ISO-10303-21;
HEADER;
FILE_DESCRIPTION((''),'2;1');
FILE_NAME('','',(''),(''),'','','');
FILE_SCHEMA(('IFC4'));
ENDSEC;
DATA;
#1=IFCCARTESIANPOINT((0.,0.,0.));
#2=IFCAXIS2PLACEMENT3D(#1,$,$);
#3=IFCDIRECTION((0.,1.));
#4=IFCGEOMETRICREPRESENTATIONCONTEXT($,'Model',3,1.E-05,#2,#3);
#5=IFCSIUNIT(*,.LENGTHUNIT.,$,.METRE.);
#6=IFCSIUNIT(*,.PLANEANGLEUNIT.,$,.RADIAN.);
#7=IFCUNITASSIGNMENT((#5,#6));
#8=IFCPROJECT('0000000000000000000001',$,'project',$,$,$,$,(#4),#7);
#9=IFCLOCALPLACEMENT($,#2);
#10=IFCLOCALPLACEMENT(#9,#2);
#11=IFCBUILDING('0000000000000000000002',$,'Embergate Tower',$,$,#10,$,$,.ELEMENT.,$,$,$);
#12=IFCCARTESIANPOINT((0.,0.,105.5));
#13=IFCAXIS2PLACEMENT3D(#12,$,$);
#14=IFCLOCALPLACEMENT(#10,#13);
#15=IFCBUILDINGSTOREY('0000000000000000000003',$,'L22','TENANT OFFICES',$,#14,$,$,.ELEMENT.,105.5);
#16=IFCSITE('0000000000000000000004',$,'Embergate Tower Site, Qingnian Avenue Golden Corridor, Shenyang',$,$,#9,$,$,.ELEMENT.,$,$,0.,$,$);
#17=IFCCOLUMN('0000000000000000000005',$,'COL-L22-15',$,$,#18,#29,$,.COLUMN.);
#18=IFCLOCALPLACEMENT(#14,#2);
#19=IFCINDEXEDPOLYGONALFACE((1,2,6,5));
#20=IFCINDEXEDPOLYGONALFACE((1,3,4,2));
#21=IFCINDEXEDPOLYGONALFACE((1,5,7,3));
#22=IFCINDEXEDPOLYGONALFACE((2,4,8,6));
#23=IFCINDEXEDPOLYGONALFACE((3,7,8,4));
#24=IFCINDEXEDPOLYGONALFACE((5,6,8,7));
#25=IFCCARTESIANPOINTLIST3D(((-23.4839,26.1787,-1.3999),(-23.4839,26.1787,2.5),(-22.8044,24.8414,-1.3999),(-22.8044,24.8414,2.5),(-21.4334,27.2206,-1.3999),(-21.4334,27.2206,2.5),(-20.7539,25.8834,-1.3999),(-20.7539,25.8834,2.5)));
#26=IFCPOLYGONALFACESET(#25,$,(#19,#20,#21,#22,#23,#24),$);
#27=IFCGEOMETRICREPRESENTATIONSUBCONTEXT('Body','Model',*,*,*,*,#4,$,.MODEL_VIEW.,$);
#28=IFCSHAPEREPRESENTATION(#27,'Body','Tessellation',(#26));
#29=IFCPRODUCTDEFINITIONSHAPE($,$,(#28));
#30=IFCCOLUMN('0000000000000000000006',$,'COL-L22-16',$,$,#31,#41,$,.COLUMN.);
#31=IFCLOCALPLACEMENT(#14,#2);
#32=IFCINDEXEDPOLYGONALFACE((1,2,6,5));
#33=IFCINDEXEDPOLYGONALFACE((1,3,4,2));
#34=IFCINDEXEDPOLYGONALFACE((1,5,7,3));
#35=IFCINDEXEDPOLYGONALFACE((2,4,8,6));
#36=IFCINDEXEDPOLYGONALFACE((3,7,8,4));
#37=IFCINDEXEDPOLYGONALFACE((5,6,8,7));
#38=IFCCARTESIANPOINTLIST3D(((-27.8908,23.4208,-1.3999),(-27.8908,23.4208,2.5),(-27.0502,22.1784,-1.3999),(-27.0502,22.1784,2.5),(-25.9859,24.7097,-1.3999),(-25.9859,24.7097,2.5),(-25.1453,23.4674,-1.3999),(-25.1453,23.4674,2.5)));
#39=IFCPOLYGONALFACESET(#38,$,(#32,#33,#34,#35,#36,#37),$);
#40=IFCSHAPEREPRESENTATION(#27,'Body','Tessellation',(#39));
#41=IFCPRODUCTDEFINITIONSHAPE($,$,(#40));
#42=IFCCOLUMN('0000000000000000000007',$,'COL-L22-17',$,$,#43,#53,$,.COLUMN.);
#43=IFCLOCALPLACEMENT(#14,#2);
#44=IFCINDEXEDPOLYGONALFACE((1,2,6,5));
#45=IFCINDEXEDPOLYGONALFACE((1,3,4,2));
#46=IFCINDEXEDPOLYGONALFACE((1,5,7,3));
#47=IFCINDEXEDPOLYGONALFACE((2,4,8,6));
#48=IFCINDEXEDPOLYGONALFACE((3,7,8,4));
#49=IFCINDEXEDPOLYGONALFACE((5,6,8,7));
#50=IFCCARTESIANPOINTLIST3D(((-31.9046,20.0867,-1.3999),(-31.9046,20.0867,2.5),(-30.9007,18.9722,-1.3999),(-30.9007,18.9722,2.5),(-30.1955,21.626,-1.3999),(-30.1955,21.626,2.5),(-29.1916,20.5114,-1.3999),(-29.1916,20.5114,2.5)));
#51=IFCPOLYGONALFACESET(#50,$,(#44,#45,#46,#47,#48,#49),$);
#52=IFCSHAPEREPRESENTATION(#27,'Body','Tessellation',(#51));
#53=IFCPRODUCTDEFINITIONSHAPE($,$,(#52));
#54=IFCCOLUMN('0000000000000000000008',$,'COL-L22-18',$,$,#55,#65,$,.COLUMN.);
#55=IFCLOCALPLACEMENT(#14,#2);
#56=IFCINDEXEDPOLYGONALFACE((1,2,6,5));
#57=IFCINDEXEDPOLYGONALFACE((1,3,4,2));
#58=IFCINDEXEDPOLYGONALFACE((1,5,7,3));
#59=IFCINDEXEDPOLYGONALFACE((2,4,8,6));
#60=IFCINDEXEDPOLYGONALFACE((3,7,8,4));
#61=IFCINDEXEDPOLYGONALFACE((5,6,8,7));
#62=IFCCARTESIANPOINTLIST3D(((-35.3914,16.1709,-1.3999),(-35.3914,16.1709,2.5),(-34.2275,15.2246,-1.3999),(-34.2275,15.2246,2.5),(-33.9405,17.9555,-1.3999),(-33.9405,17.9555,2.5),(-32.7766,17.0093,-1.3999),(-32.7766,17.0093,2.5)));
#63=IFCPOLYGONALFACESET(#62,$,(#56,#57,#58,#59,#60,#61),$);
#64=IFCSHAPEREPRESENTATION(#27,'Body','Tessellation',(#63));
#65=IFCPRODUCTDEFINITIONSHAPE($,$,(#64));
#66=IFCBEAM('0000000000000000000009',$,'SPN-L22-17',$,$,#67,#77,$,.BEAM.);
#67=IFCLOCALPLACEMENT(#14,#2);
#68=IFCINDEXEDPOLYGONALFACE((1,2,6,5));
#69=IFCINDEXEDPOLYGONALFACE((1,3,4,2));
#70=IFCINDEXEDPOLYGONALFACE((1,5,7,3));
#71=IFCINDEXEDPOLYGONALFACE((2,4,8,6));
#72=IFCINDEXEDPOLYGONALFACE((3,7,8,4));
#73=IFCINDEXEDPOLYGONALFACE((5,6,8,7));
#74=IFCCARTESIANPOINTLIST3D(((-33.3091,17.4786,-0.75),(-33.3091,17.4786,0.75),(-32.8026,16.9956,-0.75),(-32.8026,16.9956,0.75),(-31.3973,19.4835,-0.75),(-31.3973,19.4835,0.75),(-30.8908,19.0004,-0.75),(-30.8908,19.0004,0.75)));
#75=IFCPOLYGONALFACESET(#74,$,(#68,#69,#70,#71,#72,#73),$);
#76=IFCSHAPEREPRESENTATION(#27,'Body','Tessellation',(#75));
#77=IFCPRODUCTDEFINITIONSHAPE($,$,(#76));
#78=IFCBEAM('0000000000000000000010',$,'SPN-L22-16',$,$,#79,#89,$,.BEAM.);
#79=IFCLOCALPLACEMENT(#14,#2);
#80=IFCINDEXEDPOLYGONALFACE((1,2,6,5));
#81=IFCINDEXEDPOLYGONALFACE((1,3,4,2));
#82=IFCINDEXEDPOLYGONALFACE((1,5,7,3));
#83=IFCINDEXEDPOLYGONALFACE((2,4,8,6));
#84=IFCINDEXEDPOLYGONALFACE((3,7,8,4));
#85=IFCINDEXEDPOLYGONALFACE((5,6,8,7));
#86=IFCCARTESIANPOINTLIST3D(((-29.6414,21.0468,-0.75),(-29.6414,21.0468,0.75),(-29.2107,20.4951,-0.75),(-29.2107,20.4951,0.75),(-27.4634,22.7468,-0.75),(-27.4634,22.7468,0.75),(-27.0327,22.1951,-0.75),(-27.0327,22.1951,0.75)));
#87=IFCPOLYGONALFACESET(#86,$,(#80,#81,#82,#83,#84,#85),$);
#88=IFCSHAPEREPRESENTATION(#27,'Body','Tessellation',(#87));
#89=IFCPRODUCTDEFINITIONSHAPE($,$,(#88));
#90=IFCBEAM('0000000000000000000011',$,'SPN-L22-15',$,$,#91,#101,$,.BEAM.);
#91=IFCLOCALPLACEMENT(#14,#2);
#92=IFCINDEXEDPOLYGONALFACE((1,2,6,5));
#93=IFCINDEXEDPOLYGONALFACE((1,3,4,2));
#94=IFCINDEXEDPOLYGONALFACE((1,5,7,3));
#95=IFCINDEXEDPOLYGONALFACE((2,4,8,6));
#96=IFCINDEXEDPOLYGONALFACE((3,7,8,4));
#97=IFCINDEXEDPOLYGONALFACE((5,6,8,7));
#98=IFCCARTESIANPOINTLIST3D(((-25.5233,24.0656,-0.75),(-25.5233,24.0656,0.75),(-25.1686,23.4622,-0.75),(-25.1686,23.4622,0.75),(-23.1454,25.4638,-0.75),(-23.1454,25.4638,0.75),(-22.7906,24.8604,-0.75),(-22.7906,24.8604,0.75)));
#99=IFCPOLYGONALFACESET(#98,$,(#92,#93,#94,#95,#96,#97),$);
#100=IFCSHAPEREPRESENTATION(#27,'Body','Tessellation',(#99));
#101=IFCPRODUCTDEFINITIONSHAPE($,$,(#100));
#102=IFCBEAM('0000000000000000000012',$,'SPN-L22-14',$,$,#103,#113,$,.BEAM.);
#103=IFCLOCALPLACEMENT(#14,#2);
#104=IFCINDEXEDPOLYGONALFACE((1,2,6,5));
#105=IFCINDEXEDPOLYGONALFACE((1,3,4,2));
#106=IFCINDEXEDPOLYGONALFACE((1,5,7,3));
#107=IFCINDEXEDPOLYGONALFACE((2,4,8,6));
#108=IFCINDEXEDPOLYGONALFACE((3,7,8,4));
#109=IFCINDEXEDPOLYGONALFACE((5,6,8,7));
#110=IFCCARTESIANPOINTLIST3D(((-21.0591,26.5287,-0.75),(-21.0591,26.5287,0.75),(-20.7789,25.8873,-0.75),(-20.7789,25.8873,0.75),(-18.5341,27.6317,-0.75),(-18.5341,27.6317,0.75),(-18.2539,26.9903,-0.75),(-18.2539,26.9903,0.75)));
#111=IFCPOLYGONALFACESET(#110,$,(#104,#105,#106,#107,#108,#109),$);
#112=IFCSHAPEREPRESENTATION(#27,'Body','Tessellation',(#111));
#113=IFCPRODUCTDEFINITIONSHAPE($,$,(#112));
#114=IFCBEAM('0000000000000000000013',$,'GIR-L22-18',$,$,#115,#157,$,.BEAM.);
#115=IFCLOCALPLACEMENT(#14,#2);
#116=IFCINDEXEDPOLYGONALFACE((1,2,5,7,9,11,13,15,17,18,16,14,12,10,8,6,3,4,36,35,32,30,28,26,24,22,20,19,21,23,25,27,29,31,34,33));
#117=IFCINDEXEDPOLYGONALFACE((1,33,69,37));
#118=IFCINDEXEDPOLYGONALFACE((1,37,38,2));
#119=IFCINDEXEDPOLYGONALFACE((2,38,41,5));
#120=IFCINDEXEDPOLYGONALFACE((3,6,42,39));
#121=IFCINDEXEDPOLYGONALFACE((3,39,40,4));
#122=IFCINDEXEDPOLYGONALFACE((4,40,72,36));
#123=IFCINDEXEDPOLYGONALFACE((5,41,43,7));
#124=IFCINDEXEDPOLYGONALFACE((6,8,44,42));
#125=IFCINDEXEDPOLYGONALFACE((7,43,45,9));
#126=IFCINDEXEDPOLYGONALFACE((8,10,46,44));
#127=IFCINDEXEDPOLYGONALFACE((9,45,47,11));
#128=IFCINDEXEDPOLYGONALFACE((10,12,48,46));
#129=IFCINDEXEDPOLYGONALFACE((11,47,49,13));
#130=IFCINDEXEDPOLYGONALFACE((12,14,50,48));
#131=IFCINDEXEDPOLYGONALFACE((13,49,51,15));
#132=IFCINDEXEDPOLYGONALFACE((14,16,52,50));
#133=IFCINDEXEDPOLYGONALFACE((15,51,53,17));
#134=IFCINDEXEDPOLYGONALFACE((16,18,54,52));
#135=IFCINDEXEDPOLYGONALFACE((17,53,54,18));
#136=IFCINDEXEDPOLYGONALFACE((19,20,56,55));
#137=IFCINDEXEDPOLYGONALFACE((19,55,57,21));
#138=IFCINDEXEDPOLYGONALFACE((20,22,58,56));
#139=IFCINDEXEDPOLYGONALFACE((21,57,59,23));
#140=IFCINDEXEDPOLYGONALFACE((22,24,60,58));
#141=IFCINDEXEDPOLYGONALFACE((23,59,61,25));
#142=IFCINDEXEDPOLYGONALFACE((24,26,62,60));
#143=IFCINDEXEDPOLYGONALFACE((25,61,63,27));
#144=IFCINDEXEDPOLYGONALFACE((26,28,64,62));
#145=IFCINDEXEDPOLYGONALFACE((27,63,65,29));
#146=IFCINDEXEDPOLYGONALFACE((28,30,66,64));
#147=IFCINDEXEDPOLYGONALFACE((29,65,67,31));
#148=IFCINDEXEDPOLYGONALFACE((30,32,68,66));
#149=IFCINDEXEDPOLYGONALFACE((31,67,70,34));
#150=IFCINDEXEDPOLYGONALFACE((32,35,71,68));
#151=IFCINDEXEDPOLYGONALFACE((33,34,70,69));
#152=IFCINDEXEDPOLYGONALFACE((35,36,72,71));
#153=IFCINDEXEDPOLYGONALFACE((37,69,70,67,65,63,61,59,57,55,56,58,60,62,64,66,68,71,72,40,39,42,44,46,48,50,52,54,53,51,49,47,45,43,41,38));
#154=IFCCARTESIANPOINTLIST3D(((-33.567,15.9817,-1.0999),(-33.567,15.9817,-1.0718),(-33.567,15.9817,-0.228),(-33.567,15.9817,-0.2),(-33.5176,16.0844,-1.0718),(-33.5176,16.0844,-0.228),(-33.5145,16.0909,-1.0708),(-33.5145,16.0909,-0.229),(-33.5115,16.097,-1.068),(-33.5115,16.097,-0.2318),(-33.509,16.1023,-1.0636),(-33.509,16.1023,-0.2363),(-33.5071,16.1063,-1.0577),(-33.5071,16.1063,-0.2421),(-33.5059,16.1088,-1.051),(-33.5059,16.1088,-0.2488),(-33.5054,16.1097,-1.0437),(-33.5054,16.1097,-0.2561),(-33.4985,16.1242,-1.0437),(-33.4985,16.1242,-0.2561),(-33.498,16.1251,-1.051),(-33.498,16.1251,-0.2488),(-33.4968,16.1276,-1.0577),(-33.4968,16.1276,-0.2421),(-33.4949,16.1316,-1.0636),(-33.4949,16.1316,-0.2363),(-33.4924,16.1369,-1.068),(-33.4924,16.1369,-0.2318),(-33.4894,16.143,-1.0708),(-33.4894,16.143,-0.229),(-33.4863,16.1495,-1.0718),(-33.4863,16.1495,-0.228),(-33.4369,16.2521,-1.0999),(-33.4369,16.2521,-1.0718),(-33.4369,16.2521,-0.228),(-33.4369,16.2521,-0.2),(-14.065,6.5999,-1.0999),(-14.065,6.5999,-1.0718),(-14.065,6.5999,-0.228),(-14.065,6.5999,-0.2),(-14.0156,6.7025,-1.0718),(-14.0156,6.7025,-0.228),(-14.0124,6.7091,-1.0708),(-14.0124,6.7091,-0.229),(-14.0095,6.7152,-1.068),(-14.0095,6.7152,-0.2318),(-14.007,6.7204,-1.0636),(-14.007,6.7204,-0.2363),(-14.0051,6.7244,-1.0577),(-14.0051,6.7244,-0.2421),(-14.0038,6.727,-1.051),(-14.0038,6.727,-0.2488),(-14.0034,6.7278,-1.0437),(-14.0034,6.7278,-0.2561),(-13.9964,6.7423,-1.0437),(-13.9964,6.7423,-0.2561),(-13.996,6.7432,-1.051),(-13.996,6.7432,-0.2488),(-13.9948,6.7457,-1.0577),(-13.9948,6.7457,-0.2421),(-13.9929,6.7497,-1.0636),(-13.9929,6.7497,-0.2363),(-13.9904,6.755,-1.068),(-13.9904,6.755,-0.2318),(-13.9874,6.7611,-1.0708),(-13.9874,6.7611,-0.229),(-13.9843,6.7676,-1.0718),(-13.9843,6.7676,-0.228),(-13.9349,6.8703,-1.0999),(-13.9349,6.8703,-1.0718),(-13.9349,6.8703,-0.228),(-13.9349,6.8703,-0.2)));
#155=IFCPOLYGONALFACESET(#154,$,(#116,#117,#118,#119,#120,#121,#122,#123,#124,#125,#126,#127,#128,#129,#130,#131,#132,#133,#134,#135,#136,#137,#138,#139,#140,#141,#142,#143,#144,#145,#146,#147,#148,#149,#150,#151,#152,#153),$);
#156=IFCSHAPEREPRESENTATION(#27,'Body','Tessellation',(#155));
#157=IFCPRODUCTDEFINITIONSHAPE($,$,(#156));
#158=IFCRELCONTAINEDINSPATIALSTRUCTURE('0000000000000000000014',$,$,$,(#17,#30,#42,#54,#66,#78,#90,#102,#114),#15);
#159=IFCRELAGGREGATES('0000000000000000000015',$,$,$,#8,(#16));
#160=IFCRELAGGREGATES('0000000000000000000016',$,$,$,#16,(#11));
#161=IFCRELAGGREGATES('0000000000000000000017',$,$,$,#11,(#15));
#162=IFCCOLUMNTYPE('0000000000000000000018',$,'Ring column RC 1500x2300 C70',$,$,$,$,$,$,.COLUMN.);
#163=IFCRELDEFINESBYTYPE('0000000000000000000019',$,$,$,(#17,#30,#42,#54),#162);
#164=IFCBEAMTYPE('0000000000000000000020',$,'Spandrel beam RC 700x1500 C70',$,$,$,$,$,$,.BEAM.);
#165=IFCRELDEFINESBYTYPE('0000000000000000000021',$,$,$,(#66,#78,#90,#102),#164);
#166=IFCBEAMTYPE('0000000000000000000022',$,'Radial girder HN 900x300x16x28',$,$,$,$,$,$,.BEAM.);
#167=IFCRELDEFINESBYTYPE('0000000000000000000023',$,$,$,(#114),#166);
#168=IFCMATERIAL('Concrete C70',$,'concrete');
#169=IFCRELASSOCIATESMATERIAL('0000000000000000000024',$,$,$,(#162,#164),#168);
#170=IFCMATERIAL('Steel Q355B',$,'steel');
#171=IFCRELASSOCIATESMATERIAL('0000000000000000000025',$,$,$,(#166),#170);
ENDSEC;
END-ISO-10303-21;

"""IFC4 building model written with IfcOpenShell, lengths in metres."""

from ifc_helpers import new_model, si_unit, direction, frame, origin, origin_2d, place, context, subcontext, project, spatial, rectangle, i_section, extrude, source, transform, mapped, material, material_profile, profile_set, type_object, element, save


model = new_model("IFC4")

# Units and contexts
model_context = context("Model", 3, precision=1e-05, world=origin(), true_north=direction((0.0, 1.0)))
body_context = subcontext(model_context, "Body", "Model", "MODEL_VIEW")
ifc_project = project(units=[si_unit("LENGTHUNIT", "METRE"), si_unit("PLANEANGLEUNIT", "RADIAN")], contexts=[model_context])

# Site, building, storey
site_placement = place(None, origin())
site = spatial("IfcSite", under=ifc_project, at=site_placement, Name="Embergate Tower Site, Qingnian Avenue Golden Corridor, Shenyang", CompositionType="ELEMENT", RefElevation=0.0)
building_placement = place(site_placement, origin())
building = spatial("IfcBuilding", under=site, at=building_placement, Name="Embergate Tower", CompositionType="ELEMENT")
storey_placement = place(building_placement, frame((0.0, 0.0, 105.5)))
storey = spatial("IfcBuildingStorey", under=building, at=storey_placement, Name="L22", Description="TENANT OFFICES", CompositionType="ELEMENT", Elevation=105.5)

# Columns
ifc_material_1 = material(Name="Concrete C70", Category="concrete")
ifc_material_profile_1 = material_profile(ifc_material_1, rectangle(XDim=1.5, YDim=2.3, at=origin_2d()), Name="RC 1500x2300")
ifc_profile_set_1 = profile_set([ifc_material_profile_1], Name="Concrete C70")
column_type = type_object("IfcColumnType", Name="Ring column RC 1500x2300 C70", PredefinedType="COLUMN", material=ifc_profile_set_1)
shared_shape_1 = source(origin(), body_context, "Body", "SweptSolid", [
    extrude(rectangle(XDim=1.5, YDim=2.3, at=origin_2d()), origin(), (0.0, 0.0, 1.0), 3.8999),
])
for number, where, z_axis, x_axis, name in (
    (1, (-22.1189, 26.031, -1.3999), (0.0, 0.0, 1.0), (-0.453011, 0.891505, 0.0), "COL-L22-15"),
    (2, (-26.5181, 23.4441, -1.3999), (0.0, 0.0, 1.0), (-0.560408, 0.828217, 0.0), "COL-L22-16"),
    (3, (-30.5481, 20.2991, -1.3999), (0.0, 0.0, 1.0), (-0.669221, 0.743063, 0.0), "COL-L22-17"),
    (4, (-34.084, 16.5901, -1.3999), (0.0, 0.0, 1.0), (-0.775925, 0.630825, 0.0), "COL-L22-18"),
):
    element("IfcColumn", number, at=place(storey_placement, frame(where, z_axis=z_axis, x_axis=x_axis)), inside=storey, type_object=column_type, Name=name, PredefinedType="COLUMN", context=body_context, shape_type="MappedRepresentation", body=[
        mapped(shared_shape_1, transform((0.0, 0.0, 0.0))),
    ])

# Beams
ifc_material_profile_2 = material_profile(ifc_material_1, rectangle(XDim=0.7, YDim=1.5, at=origin_2d()), Name="RC 700x1500")
ifc_profile_set_2 = profile_set([ifc_material_profile_2], Name="Concrete C70")
beam_type_1 = type_object("IfcBeamType", Name="Spandrel beam RC 700x1500 C70", PredefinedType="BEAM", material=ifc_profile_set_2)
shared_shape_2 = source(origin(), body_context, "Body", "SweptSolid", [
    extrude(rectangle(XDim=0.7, YDim=1.5, at=origin_2d()), origin(), (0.0, 0.0, 1.0), 2.7703),
])
beam_1_placement = place(storey_placement, frame((-31.144, 19.2419, 0.0), z_axis=(-0.690119, -0.723696, 0.0), x_axis=(0.723696, -0.690119, 0.0)))
element("IfcBeam", 5, at=beam_1_placement, inside=storey, type_object=beam_type_1, Name="SPN-L22-17", PredefinedType="BEAM", context=body_context, shape_type="MappedRepresentation", body=[
    mapped(shared_shape_2, transform((0.0, 0.0, 0.0))),
])
shared_shape_3 = source(origin(), body_context, "Body", "SweptSolid", [
    extrude(rectangle(XDim=0.7, YDim=1.5, at=origin_2d()), origin(), (0.0, 0.0, 1.0), 2.7629),
])
beam_2_placement = place(storey_placement, frame((-27.248, 22.4709, 0.0), z_axis=(-0.788304, -0.615286, 0.0), x_axis=(0.615286, -0.788304, 0.0)))
element("IfcBeam", 6, at=beam_2_placement, inside=storey, type_object=beam_type_1, Name="SPN-L22-16", PredefinedType="BEAM", context=body_context, shape_type="MappedRepresentation", body=[
    mapped(shared_shape_3, transform((0.0, 0.0, 0.0))),
])
shared_shape_4 = source(origin(), body_context, "Body", "SweptSolid", [
    extrude(rectangle(XDim=0.7, YDim=1.5, at=origin_2d()), origin(), (0.0, 0.0, 1.0), 2.7585),
])
beam_3_placement = place(storey_placement, frame((-22.968, 25.1621, 0.0), z_axis=(-0.862027, -0.506862, 0.0), x_axis=(0.506862, -0.862027, 0.0)))
element("IfcBeam", 7, at=beam_3_placement, inside=storey, type_object=beam_type_1, Name="SPN-L22-15", PredefinedType="BEAM", context=body_context, shape_type="MappedRepresentation", body=[
    mapped(shared_shape_4, transform((0.0, 0.0, 0.0))),
])
shared_shape_5 = source(origin(), body_context, "Body", "SweptSolid", [
    extrude(rectangle(XDim=0.7, YDim=1.5, at=origin_2d()), origin(), (0.0, 0.0, 1.0), 2.7554),
])
beam_4_placement = place(storey_placement, frame((-18.394, 27.311, 0.0), z_axis=(-0.916373, -0.400326, 0.0), x_axis=(0.400326, -0.916373, 0.0)))
element("IfcBeam", 8, at=beam_4_placement, inside=storey, type_object=beam_type_1, Name="SPN-L22-14", PredefinedType="BEAM", context=body_context, shape_type="MappedRepresentation", body=[
    mapped(shared_shape_5, transform((0.0, 0.0, 0.0))),
])
ifc_material_2 = material(Name="Steel Q355B", Category="steel")
ifc_material_profile_3 = material_profile(ifc_material_2, i_section(OverallWidth=0.3, OverallDepth=0.8999, WebThickness=0.0161, FlangeThickness=0.0281, FilletRadius=0.0281, at=origin_2d()), Name="HN 900x300x16x28")
ifc_profile_set_3 = profile_set([ifc_material_profile_3], Name="Steel Q355 grade B")
beam_type_2 = type_object("IfcBeamType", Name="Radial girder HN 900x300x16x28", PredefinedType="BEAM", material=ifc_profile_set_3)
shared_shape_6 = source(origin(), body_context, "Body", "SweptSolid", [
    extrude(i_section(OverallWidth=0.3, OverallDepth=0.8999, WebThickness=0.0161, FlangeThickness=0.0281, FilletRadius=0.0281, at=origin_2d()), origin(), (0.0, 0.0, 1.0), 21.6414),
])
beam_5_placement = place(storey_placement, frame((-33.502, 16.1169, -0.6499), z_axis=(0.901146, -0.433516, 0.0), x_axis=(0.433516, 0.901146, 0.0)))
element("IfcBeam", 9, at=beam_5_placement, inside=storey, type_object=beam_type_2, Name="GIR-L22-18", PredefinedType="BEAM", context=body_context, shape_type="MappedRepresentation", body=[
    mapped(shared_shape_6, transform((0.0, 0.0, 0.0))),
])

save(model, "model.ifc")
